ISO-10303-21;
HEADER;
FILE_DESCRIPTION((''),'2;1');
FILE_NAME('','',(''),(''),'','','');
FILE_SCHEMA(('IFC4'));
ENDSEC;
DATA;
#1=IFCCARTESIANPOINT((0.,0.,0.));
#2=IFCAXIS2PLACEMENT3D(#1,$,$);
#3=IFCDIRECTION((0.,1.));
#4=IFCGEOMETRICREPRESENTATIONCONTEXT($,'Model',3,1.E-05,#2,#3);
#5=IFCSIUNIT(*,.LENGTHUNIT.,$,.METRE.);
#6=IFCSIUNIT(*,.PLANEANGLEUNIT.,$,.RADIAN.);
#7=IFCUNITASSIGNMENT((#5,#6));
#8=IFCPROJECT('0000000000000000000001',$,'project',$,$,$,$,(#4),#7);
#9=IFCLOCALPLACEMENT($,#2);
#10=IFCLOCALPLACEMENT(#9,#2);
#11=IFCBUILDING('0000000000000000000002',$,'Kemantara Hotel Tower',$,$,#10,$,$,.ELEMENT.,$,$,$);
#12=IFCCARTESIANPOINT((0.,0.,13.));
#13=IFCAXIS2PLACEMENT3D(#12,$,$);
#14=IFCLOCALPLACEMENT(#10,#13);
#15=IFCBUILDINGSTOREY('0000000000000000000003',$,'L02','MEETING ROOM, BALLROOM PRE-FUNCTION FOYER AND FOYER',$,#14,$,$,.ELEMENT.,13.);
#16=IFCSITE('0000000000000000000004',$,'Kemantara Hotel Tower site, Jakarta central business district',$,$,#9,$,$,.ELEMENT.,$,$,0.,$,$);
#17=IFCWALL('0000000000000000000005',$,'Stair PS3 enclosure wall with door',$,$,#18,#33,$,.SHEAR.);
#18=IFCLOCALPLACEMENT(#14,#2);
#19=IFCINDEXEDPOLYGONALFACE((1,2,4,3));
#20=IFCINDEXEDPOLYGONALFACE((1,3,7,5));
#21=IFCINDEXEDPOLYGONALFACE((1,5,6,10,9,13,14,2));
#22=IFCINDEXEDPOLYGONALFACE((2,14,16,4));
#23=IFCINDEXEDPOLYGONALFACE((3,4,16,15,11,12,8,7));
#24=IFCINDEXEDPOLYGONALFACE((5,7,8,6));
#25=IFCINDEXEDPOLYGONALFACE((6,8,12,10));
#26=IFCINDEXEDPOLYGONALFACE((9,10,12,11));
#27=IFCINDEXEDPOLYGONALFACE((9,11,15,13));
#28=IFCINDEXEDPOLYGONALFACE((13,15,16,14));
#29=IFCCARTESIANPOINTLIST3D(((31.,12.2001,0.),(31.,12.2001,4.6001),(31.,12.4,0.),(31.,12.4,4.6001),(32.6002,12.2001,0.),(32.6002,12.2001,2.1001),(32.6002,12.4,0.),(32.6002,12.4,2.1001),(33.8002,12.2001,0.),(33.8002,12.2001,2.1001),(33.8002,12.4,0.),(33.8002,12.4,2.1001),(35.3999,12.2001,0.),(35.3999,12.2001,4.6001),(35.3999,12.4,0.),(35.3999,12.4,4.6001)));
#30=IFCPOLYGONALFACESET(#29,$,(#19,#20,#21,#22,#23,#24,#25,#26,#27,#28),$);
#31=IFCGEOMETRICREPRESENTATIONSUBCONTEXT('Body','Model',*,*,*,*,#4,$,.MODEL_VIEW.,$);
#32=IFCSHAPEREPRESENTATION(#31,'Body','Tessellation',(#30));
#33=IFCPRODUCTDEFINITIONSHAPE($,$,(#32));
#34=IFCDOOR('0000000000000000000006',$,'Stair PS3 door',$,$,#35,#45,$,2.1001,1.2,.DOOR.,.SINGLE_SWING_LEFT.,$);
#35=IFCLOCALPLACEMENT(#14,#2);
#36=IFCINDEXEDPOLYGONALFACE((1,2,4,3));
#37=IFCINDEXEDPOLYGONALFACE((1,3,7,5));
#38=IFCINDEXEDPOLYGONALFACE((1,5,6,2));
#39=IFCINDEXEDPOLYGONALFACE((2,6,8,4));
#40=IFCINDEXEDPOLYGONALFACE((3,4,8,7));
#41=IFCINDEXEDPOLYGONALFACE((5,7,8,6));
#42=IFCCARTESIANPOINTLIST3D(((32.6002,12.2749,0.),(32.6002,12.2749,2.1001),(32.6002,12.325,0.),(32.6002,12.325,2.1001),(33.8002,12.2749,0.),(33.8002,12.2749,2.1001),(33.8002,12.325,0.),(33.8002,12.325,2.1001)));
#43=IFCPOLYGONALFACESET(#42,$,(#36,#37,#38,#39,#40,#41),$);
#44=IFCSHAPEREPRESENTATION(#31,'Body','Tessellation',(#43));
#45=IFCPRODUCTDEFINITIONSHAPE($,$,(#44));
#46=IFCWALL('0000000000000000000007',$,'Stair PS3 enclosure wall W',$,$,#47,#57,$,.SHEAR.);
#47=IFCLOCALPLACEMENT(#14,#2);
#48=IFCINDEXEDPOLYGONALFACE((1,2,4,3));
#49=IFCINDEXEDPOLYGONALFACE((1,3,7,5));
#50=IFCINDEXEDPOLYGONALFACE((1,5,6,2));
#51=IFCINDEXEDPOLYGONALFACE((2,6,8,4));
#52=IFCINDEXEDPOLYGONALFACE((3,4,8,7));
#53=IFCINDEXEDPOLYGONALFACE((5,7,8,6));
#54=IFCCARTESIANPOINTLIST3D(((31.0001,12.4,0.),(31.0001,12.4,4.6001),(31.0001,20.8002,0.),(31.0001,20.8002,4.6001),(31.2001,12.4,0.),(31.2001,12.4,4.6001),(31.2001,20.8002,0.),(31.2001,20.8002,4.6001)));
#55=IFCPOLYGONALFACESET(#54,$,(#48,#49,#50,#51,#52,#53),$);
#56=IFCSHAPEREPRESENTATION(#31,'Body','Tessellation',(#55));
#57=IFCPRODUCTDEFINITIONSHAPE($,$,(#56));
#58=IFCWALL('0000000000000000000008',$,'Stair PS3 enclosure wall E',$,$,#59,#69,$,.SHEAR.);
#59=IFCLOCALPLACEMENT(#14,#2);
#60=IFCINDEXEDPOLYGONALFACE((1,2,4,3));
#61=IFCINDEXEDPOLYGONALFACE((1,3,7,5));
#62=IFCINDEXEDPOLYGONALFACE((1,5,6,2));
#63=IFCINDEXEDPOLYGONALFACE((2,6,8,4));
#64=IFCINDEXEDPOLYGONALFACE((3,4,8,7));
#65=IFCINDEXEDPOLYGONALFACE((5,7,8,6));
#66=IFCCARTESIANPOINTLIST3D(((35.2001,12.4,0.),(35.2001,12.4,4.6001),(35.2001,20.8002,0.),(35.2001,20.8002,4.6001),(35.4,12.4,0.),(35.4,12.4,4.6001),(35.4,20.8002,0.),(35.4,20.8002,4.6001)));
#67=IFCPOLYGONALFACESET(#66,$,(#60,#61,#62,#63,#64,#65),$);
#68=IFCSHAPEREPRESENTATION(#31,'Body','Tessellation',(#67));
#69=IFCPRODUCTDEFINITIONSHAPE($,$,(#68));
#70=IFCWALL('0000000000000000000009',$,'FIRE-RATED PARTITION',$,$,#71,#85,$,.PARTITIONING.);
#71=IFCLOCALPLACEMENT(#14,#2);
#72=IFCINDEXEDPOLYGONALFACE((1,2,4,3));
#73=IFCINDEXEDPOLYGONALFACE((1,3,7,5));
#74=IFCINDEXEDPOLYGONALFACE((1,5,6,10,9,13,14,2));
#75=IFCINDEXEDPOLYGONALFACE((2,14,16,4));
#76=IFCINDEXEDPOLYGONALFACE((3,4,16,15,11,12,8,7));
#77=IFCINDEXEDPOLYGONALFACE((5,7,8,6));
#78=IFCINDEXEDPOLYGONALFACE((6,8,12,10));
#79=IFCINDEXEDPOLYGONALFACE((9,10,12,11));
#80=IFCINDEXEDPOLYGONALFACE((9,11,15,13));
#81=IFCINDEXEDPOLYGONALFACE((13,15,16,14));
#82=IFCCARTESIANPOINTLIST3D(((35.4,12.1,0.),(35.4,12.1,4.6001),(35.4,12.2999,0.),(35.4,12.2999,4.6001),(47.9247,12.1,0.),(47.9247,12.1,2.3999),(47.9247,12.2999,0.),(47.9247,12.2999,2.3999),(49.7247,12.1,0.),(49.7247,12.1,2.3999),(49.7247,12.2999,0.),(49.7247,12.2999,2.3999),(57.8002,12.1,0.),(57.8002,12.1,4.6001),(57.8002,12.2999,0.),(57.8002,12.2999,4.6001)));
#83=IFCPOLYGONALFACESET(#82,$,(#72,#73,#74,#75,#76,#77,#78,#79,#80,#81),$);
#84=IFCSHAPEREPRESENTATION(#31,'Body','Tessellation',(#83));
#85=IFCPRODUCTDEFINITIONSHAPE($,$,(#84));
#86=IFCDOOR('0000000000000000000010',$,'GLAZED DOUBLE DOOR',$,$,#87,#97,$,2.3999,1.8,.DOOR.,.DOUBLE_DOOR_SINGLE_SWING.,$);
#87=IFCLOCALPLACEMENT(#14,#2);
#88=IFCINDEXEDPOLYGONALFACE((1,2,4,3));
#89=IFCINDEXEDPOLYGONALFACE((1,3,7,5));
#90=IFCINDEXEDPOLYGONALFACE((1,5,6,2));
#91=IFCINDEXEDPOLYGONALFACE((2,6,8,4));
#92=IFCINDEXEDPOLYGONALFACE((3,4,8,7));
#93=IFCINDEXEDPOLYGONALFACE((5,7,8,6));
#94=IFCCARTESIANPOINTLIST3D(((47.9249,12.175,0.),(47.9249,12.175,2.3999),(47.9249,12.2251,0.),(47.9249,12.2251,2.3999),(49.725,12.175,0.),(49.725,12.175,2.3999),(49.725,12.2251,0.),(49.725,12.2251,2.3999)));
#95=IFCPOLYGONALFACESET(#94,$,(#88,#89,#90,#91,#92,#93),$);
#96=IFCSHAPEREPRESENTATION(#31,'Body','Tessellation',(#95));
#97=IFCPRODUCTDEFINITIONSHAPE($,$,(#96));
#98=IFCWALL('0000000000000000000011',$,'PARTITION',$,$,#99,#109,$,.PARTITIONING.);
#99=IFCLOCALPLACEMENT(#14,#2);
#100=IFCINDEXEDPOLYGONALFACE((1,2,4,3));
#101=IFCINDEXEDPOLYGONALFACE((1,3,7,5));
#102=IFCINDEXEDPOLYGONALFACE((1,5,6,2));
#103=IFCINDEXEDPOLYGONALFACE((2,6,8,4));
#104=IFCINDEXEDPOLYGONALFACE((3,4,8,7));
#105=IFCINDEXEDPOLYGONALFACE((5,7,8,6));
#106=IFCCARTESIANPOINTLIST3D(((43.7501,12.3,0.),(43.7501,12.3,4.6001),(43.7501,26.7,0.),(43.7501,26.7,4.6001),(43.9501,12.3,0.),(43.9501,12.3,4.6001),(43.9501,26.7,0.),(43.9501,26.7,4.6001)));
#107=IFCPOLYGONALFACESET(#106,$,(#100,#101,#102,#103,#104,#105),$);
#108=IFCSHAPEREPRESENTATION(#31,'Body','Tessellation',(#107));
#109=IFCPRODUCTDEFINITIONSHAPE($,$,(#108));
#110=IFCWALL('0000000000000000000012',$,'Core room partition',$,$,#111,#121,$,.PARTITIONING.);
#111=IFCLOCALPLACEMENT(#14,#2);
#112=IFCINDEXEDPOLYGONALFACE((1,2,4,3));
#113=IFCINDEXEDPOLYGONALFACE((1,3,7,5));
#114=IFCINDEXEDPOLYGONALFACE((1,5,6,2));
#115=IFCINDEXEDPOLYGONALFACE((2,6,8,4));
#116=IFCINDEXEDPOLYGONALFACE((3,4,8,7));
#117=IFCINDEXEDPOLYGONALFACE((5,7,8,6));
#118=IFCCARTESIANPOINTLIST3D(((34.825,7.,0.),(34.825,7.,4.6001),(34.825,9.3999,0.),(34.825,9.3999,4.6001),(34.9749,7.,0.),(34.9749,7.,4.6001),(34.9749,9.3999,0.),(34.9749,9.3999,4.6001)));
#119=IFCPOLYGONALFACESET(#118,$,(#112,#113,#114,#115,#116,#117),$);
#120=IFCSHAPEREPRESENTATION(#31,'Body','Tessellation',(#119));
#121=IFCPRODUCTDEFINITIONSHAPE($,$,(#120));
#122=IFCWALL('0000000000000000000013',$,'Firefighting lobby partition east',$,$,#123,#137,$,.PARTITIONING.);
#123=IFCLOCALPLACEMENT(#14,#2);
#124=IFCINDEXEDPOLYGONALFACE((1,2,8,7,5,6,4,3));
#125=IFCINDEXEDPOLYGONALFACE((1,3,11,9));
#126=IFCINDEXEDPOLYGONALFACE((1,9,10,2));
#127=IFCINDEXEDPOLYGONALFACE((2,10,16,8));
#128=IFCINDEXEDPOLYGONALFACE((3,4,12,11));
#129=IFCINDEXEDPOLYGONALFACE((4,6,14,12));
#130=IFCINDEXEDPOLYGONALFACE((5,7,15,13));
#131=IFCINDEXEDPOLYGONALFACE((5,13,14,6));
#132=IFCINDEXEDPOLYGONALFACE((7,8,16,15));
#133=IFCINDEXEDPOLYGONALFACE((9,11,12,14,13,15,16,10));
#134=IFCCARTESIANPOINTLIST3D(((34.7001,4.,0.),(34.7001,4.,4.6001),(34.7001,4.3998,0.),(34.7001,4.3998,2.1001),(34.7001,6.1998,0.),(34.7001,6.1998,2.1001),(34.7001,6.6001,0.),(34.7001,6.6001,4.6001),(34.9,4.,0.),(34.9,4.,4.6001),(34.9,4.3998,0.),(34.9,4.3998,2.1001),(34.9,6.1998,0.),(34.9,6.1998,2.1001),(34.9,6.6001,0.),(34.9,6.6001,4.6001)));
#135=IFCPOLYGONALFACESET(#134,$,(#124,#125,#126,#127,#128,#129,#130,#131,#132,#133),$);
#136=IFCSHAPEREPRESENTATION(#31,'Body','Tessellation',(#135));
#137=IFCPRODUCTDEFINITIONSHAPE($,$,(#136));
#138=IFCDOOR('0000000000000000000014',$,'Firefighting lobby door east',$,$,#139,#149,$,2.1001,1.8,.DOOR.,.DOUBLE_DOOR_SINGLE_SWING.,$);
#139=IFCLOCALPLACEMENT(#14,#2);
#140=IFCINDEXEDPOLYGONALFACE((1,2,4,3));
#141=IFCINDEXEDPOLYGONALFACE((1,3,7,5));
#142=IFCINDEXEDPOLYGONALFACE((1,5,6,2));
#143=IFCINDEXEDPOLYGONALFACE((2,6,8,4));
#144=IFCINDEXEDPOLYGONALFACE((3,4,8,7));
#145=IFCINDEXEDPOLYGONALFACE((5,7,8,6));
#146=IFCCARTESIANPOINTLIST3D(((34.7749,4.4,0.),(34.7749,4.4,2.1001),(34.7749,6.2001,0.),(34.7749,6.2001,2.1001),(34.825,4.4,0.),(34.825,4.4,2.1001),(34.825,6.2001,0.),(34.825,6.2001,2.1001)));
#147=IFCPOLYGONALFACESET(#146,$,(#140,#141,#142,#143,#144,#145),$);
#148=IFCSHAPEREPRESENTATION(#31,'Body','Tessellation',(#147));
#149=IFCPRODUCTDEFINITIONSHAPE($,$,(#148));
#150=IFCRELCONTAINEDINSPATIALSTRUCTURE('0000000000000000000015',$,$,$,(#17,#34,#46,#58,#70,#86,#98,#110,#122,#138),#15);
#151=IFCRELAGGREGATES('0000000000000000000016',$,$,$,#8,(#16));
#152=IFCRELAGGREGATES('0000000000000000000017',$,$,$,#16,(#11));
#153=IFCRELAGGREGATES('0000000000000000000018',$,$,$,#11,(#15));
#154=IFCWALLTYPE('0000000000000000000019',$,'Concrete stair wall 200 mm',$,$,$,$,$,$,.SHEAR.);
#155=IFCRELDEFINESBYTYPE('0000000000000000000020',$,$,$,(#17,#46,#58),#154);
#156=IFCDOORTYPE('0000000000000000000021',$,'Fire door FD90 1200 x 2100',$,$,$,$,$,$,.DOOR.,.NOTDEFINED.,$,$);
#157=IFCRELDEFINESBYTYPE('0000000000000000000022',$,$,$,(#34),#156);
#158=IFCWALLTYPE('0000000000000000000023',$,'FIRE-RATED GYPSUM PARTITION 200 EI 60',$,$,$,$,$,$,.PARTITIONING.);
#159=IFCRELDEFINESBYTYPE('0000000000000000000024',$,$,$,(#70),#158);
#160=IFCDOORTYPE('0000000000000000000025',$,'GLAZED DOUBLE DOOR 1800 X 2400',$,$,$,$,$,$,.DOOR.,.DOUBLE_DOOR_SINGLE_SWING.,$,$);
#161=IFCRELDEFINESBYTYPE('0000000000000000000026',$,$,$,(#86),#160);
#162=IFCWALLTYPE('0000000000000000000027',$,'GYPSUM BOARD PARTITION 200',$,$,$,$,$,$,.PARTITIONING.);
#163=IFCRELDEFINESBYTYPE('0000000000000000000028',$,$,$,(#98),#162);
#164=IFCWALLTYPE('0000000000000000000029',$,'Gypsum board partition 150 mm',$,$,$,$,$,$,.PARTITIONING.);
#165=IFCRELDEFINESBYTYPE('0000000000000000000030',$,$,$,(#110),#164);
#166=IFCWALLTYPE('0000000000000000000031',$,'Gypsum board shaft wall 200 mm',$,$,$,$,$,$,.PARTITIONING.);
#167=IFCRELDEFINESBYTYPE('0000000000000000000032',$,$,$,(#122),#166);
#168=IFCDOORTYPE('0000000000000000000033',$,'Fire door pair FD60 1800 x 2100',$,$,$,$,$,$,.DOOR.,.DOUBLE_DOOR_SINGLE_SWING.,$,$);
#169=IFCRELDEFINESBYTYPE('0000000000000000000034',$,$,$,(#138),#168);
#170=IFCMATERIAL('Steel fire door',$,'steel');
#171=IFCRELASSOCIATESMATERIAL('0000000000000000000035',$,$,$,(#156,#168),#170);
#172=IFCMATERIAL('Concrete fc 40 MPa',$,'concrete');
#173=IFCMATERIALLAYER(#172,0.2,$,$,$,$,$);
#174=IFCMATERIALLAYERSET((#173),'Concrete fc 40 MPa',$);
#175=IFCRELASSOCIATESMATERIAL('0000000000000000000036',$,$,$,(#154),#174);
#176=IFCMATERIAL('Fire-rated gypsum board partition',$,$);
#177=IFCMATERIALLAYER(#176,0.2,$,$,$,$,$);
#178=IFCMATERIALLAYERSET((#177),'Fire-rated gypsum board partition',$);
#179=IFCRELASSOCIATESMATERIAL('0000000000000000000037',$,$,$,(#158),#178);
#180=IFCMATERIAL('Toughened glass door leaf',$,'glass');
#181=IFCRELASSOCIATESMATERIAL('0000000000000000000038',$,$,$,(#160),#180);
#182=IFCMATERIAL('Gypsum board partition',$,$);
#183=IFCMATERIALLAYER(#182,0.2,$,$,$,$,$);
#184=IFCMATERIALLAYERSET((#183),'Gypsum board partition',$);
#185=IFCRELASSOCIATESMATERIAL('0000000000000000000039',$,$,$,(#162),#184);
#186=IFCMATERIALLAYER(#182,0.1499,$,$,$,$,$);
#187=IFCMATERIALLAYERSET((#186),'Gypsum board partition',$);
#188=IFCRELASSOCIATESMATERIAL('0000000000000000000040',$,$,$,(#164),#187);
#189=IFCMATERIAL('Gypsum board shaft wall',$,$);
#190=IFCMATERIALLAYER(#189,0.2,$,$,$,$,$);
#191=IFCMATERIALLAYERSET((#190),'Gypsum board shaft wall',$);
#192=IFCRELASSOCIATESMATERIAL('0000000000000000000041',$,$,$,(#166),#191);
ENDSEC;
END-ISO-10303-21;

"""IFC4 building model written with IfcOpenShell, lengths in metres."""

from ifc_helpers import new_model, si_unit, direction, frame, frame_2d, origin, place, context, subcontext, project, spatial, rectangle, extrude, material, layer, layer_set, type_object, element, fill, save


model = new_model("IFC4")

# Units and contexts
model_context = context("Model", 3, precision=1e-05, world=origin(), true_north=direction((0.0, 1.0)))
body_context = subcontext(model_context, "Body", "Model", "MODEL_VIEW")
ifc_project = project(units=[si_unit("LENGTHUNIT", "METRE"), si_unit("PLANEANGLEUNIT", "RADIAN")], contexts=[model_context])

# Site, building, storey
site_placement = place(None, origin())
site = spatial("IfcSite", under=ifc_project, at=site_placement, Name="Kemantara Hotel Tower site, Jakarta central business district", CompositionType="ELEMENT", RefElevation=0.0)
building_placement = place(site_placement, origin())
building = spatial("IfcBuilding", under=site, at=building_placement, Name="Kemantara Hotel Tower", CompositionType="ELEMENT")
storey_placement = place(building_placement, frame((0.0, 0.0, 13.0)))
storey = spatial("IfcBuildingStorey", under=building, at=storey_placement, Name="L02", Description="MEETING ROOM, BALLROOM PRE-FUNCTION FOYER AND FOYER", CompositionType="ELEMENT", Elevation=13.0)

# Wall, opening, door
ifc_material_1 = material(Name="Steel fire door", Category="steel")
door_type_1 = type_object("IfcDoorType", Name="Fire door FD90 1200 x 2100", OperationType="NOTDEFINED", PredefinedType="DOOR", material=ifc_material_1)
ifc_material_2 = material(Name="Concrete fc 40 MPa", Category="concrete")
ifc_layer_1 = layer(ifc_material_2, 0.2)
ifc_layer_set_1 = layer_set([ifc_layer_1], Name="Concrete fc 40 MPa")
wall_type_1 = type_object("IfcWallType", Name="Concrete stair wall 200 mm", PredefinedType="SHEAR", material=ifc_layer_set_1)
wall_1_placement = place(storey_placement, frame((31.0, 12.3, 0.0), z_axis=(0.0, 0.0, 1.0), x_axis=(1.0, 0.0, 0.0)))
wall_1 = element("IfcWall", 1, at=wall_1_placement, inside=storey, type_object=wall_type_1, Name="Stair PS3 enclosure wall with door", PredefinedType="SHEAR", context=body_context, shape_type="SweptSolid", body=[
    extrude(rectangle(XDim=4.3999, YDim=0.2, at=frame_2d((2.2, 0.0))), origin(), (0.0, 0.0, 1.0), 4.6001),
])
opening_1_placement = place(wall_1_placement, frame((1.6001, 0.0, 0.0)))
opening_1 = element("IfcOpeningElement", 2, at=opening_1_placement, cuts=wall_1, PredefinedType="OPENING", context=body_context, shape_type="SweptSolid", body=[
    extrude(rectangle(XDim=1.2, YDim=2.1001, at=frame_2d((0.6001, 1.05))), frame((0.0, 0.1099, 0.0), z_axis=(0.0, -1.0, 0.0), x_axis=(1.0, 0.0, 0.0)), (0.0, 0.0, 1.0), 0.22),
])
door_1_placement = place(opening_1_placement, origin())
door_1 = element("IfcDoor", 3, at=door_1_placement, inside=storey, type_object=door_type_1, Name="Stair PS3 door", OperationType="SINGLE_SWING_LEFT", OverallHeight=2.1001, OverallWidth=1.2, PredefinedType="DOOR", context=body_context, shape_type="SweptSolid", body=[
    extrude(rectangle(XDim=1.2, YDim=2.1001, at=frame_2d((0.6001, 1.05))), frame((0.0, 0.0249, 0.0), z_axis=(0.0, -1.0, 0.0), x_axis=(1.0, 0.0, 0.0)), (0.0, 0.0, 1.0), 0.05),
])
fill(opening_1, door_1)

# Walls
for number, where, z_axis, x_axis, name in (
    (4, (31.1001, 12.3999, 0.0), (0.0, 0.0, 1.0), (0.0, 1.0, 0.0), "Stair PS3 enclosure wall W"),
    (5, (35.3, 12.3999, 0.0), (0.0, 0.0, 1.0), (0.0, 1.0, 0.0), "Stair PS3 enclosure wall E"),
):
    element("IfcWall", number, at=place(storey_placement, frame(where, z_axis=z_axis, x_axis=x_axis)), inside=storey, type_object=wall_type_1, Name=name, PredefinedType="SHEAR", context=body_context, shape_type="SweptSolid", body=[
        extrude(rectangle(XDim=8.4001, YDim=0.2, at=frame_2d((4.2002, 0.0))), origin(), (0.0, 0.0, 1.0), 4.6001),
    ])

# Wall, opening, door
ifc_material_3 = material(Name="Fire-rated gypsum board partition")
ifc_layer_2 = layer(ifc_material_3, 0.2)
ifc_layer_set_2 = layer_set([ifc_layer_2], Name="Fire-rated gypsum board partition")
wall_type_2 = type_object("IfcWallType", Name="FIRE-RATED GYPSUM PARTITION 200 EI 60", PredefinedType="PARTITIONING", material=ifc_layer_set_2)
wall_2_placement = place(storey_placement, frame((35.3999, 12.2, 0.0), z_axis=(0.0, 0.0, 1.0), x_axis=(1.0, 0.0, 0.0)))
wall_2 = element("IfcWall", 6, at=wall_2_placement, inside=storey, type_object=wall_type_2, Name="FIRE-RATED PARTITION", PredefinedType="PARTITIONING", context=body_context, shape_type="SweptSolid", body=[
    extrude(rectangle(XDim=22.4001, YDim=0.2, at=frame_2d((11.2002, 0.0))), origin(), (0.0, 0.0, 1.0), 4.6001),
])
opening_2_placement = place(wall_2_placement, frame((12.5249, 0.0, 0.0)))
opening_2 = element("IfcOpeningElement", 7, at=opening_2_placement, cuts=wall_2, PredefinedType="OPENING", context=body_context, shape_type="SweptSolid", body=[
    extrude(rectangle(XDim=1.8, YDim=2.3999, at=frame_2d((0.8999, 1.2))), frame((0.0, 0.1099, 0.0), z_axis=(0.0, -1.0, 0.0), x_axis=(1.0, 0.0, 0.0)), (0.0, 0.0, 1.0), 0.22),
])
ifc_material_4 = material(Name="Toughened glass door leaf", Category="glass")
door_type_2 = type_object("IfcDoorType", Name="GLAZED DOUBLE DOOR 1800 X 2400", OperationType="DOUBLE_DOOR_SINGLE_SWING", PredefinedType="DOOR", material=ifc_material_4)
door_2_placement = place(opening_2_placement, frame((1.8, 0.0, 0.0), z_axis=(0.0, 0.0, 1.0), x_axis=(-1.0, 0.0, 0.0)))
door_2 = element("IfcDoor", 8, at=door_2_placement, inside=storey, type_object=door_type_2, Name="GLAZED DOUBLE DOOR", OperationType="DOUBLE_DOOR_SINGLE_SWING", OverallHeight=2.3999, OverallWidth=1.8, PredefinedType="DOOR", context=body_context, shape_type="SweptSolid", body=[
    extrude(rectangle(XDim=1.8, YDim=2.3999, at=frame_2d((0.8999, 1.2))), frame((0.0, 0.0249, 0.0), z_axis=(0.0, -1.0, 0.0), x_axis=(1.0, 0.0, 0.0)), (0.0, 0.0, 1.0), 0.05),
])
fill(opening_2, door_2)

# Walls
ifc_material_5 = material(Name="Gypsum board partition")
ifc_layer_3 = layer(ifc_material_5, 0.2)
ifc_layer_set_3 = layer_set([ifc_layer_3], Name="Gypsum board partition")
wall_type_3 = type_object("IfcWallType", Name="GYPSUM BOARD PARTITION 200", PredefinedType="PARTITIONING", material=ifc_layer_set_3)
wall_3_placement = place(storey_placement, frame((43.8501, 12.3, 0.0), z_axis=(0.0, 0.0, 1.0), x_axis=(0.0, 1.0, 0.0)))
element("IfcWall", 9, at=wall_3_placement, inside=storey, type_object=wall_type_3, Name="PARTITION", PredefinedType="PARTITIONING", context=body_context, shape_type="SweptSolid", body=[
    extrude(rectangle(XDim=14.3999, YDim=0.2, at=frame_2d((7.2, 0.0))), origin(), (0.0, 0.0, 1.0), 4.6001),
])
ifc_layer_4 = layer(ifc_material_5, 0.1499)
ifc_layer_set_4 = layer_set([ifc_layer_4], Name="Gypsum board partition")
wall_type_4 = type_object("IfcWallType", Name="Gypsum board partition 150 mm", PredefinedType="PARTITIONING", material=ifc_layer_set_4)
wall_4_placement = place(storey_placement, frame((34.8999, 7.0, 0.0), z_axis=(0.0, 0.0, 1.0), x_axis=(0.0, 1.0, 0.0)))
element("IfcWall", 10, at=wall_4_placement, inside=storey, type_object=wall_type_4, Name="Core room partition", PredefinedType="PARTITIONING", context=body_context, shape_type="SweptSolid", body=[
    extrude(rectangle(XDim=2.3999, YDim=0.1499, at=frame_2d((1.2, 0.0))), origin(), (0.0, 0.0, 1.0), 4.6001),
])

# Wall, opening, door
ifc_material_6 = material(Name="Gypsum board shaft wall")
ifc_layer_5 = layer(ifc_material_6, 0.2)
ifc_layer_set_5 = layer_set([ifc_layer_5], Name="Gypsum board shaft wall")
wall_type_5 = type_object("IfcWallType", Name="Gypsum board shaft wall 200 mm", PredefinedType="PARTITIONING", material=ifc_layer_set_5)
wall_5_placement = place(storey_placement, frame((34.8, 4.0, 0.0), z_axis=(0.0, 0.0, 1.0), x_axis=(0.0, 1.0, 0.0)))
wall_5 = element("IfcWall", 11, at=wall_5_placement, inside=storey, type_object=wall_type_5, Name="Firefighting lobby partition east", PredefinedType="PARTITIONING", context=body_context, shape_type="SweptSolid", body=[
    extrude(rectangle(XDim=2.6001, YDim=0.2, at=frame_2d((1.3, 0.0))), origin(), (0.0, 0.0, 1.0), 4.6001),
])
opening_3_placement = place(wall_5_placement, frame((0.3999, 0.0, 0.0)))
opening_3 = element("IfcOpeningElement", 12, at=opening_3_placement, cuts=wall_5, PredefinedType="OPENING", context=body_context, shape_type="SweptSolid", body=[
    extrude(rectangle(XDim=1.8, YDim=2.1001, at=frame_2d((0.8999, 1.05))), frame((0.0, 0.1099, 0.0), z_axis=(0.0, -1.0, 0.0), x_axis=(1.0, 0.0, 0.0)), (0.0, 0.0, 1.0), 0.22),
])
door_type_3 = type_object("IfcDoorType", Name="Fire door pair FD60 1800 x 2100", OperationType="DOUBLE_DOOR_SINGLE_SWING", PredefinedType="DOOR", material=ifc_material_1)
door_3_placement = place(opening_3_placement, frame((1.8, 0.0, 0.0), z_axis=(0.0, 0.0, 1.0), x_axis=(-1.0, 0.0, 0.0)))
door_3 = element("IfcDoor", 13, at=door_3_placement, inside=storey, type_object=door_type_3, Name="Firefighting lobby door east", OperationType="DOUBLE_DOOR_SINGLE_SWING", OverallHeight=2.1001, OverallWidth=1.8, PredefinedType="DOOR", context=body_context, shape_type="SweptSolid", body=[
    extrude(rectangle(XDim=1.8, YDim=2.1001, at=frame_2d((0.8999, 1.05))), frame((0.0, 0.0249, 0.0), z_axis=(0.0, -1.0, 0.0), x_axis=(1.0, 0.0, 0.0)), (0.0, 0.0, 1.0), 0.05),
])
fill(opening_3, door_3)

save(model, "model.ifc")
